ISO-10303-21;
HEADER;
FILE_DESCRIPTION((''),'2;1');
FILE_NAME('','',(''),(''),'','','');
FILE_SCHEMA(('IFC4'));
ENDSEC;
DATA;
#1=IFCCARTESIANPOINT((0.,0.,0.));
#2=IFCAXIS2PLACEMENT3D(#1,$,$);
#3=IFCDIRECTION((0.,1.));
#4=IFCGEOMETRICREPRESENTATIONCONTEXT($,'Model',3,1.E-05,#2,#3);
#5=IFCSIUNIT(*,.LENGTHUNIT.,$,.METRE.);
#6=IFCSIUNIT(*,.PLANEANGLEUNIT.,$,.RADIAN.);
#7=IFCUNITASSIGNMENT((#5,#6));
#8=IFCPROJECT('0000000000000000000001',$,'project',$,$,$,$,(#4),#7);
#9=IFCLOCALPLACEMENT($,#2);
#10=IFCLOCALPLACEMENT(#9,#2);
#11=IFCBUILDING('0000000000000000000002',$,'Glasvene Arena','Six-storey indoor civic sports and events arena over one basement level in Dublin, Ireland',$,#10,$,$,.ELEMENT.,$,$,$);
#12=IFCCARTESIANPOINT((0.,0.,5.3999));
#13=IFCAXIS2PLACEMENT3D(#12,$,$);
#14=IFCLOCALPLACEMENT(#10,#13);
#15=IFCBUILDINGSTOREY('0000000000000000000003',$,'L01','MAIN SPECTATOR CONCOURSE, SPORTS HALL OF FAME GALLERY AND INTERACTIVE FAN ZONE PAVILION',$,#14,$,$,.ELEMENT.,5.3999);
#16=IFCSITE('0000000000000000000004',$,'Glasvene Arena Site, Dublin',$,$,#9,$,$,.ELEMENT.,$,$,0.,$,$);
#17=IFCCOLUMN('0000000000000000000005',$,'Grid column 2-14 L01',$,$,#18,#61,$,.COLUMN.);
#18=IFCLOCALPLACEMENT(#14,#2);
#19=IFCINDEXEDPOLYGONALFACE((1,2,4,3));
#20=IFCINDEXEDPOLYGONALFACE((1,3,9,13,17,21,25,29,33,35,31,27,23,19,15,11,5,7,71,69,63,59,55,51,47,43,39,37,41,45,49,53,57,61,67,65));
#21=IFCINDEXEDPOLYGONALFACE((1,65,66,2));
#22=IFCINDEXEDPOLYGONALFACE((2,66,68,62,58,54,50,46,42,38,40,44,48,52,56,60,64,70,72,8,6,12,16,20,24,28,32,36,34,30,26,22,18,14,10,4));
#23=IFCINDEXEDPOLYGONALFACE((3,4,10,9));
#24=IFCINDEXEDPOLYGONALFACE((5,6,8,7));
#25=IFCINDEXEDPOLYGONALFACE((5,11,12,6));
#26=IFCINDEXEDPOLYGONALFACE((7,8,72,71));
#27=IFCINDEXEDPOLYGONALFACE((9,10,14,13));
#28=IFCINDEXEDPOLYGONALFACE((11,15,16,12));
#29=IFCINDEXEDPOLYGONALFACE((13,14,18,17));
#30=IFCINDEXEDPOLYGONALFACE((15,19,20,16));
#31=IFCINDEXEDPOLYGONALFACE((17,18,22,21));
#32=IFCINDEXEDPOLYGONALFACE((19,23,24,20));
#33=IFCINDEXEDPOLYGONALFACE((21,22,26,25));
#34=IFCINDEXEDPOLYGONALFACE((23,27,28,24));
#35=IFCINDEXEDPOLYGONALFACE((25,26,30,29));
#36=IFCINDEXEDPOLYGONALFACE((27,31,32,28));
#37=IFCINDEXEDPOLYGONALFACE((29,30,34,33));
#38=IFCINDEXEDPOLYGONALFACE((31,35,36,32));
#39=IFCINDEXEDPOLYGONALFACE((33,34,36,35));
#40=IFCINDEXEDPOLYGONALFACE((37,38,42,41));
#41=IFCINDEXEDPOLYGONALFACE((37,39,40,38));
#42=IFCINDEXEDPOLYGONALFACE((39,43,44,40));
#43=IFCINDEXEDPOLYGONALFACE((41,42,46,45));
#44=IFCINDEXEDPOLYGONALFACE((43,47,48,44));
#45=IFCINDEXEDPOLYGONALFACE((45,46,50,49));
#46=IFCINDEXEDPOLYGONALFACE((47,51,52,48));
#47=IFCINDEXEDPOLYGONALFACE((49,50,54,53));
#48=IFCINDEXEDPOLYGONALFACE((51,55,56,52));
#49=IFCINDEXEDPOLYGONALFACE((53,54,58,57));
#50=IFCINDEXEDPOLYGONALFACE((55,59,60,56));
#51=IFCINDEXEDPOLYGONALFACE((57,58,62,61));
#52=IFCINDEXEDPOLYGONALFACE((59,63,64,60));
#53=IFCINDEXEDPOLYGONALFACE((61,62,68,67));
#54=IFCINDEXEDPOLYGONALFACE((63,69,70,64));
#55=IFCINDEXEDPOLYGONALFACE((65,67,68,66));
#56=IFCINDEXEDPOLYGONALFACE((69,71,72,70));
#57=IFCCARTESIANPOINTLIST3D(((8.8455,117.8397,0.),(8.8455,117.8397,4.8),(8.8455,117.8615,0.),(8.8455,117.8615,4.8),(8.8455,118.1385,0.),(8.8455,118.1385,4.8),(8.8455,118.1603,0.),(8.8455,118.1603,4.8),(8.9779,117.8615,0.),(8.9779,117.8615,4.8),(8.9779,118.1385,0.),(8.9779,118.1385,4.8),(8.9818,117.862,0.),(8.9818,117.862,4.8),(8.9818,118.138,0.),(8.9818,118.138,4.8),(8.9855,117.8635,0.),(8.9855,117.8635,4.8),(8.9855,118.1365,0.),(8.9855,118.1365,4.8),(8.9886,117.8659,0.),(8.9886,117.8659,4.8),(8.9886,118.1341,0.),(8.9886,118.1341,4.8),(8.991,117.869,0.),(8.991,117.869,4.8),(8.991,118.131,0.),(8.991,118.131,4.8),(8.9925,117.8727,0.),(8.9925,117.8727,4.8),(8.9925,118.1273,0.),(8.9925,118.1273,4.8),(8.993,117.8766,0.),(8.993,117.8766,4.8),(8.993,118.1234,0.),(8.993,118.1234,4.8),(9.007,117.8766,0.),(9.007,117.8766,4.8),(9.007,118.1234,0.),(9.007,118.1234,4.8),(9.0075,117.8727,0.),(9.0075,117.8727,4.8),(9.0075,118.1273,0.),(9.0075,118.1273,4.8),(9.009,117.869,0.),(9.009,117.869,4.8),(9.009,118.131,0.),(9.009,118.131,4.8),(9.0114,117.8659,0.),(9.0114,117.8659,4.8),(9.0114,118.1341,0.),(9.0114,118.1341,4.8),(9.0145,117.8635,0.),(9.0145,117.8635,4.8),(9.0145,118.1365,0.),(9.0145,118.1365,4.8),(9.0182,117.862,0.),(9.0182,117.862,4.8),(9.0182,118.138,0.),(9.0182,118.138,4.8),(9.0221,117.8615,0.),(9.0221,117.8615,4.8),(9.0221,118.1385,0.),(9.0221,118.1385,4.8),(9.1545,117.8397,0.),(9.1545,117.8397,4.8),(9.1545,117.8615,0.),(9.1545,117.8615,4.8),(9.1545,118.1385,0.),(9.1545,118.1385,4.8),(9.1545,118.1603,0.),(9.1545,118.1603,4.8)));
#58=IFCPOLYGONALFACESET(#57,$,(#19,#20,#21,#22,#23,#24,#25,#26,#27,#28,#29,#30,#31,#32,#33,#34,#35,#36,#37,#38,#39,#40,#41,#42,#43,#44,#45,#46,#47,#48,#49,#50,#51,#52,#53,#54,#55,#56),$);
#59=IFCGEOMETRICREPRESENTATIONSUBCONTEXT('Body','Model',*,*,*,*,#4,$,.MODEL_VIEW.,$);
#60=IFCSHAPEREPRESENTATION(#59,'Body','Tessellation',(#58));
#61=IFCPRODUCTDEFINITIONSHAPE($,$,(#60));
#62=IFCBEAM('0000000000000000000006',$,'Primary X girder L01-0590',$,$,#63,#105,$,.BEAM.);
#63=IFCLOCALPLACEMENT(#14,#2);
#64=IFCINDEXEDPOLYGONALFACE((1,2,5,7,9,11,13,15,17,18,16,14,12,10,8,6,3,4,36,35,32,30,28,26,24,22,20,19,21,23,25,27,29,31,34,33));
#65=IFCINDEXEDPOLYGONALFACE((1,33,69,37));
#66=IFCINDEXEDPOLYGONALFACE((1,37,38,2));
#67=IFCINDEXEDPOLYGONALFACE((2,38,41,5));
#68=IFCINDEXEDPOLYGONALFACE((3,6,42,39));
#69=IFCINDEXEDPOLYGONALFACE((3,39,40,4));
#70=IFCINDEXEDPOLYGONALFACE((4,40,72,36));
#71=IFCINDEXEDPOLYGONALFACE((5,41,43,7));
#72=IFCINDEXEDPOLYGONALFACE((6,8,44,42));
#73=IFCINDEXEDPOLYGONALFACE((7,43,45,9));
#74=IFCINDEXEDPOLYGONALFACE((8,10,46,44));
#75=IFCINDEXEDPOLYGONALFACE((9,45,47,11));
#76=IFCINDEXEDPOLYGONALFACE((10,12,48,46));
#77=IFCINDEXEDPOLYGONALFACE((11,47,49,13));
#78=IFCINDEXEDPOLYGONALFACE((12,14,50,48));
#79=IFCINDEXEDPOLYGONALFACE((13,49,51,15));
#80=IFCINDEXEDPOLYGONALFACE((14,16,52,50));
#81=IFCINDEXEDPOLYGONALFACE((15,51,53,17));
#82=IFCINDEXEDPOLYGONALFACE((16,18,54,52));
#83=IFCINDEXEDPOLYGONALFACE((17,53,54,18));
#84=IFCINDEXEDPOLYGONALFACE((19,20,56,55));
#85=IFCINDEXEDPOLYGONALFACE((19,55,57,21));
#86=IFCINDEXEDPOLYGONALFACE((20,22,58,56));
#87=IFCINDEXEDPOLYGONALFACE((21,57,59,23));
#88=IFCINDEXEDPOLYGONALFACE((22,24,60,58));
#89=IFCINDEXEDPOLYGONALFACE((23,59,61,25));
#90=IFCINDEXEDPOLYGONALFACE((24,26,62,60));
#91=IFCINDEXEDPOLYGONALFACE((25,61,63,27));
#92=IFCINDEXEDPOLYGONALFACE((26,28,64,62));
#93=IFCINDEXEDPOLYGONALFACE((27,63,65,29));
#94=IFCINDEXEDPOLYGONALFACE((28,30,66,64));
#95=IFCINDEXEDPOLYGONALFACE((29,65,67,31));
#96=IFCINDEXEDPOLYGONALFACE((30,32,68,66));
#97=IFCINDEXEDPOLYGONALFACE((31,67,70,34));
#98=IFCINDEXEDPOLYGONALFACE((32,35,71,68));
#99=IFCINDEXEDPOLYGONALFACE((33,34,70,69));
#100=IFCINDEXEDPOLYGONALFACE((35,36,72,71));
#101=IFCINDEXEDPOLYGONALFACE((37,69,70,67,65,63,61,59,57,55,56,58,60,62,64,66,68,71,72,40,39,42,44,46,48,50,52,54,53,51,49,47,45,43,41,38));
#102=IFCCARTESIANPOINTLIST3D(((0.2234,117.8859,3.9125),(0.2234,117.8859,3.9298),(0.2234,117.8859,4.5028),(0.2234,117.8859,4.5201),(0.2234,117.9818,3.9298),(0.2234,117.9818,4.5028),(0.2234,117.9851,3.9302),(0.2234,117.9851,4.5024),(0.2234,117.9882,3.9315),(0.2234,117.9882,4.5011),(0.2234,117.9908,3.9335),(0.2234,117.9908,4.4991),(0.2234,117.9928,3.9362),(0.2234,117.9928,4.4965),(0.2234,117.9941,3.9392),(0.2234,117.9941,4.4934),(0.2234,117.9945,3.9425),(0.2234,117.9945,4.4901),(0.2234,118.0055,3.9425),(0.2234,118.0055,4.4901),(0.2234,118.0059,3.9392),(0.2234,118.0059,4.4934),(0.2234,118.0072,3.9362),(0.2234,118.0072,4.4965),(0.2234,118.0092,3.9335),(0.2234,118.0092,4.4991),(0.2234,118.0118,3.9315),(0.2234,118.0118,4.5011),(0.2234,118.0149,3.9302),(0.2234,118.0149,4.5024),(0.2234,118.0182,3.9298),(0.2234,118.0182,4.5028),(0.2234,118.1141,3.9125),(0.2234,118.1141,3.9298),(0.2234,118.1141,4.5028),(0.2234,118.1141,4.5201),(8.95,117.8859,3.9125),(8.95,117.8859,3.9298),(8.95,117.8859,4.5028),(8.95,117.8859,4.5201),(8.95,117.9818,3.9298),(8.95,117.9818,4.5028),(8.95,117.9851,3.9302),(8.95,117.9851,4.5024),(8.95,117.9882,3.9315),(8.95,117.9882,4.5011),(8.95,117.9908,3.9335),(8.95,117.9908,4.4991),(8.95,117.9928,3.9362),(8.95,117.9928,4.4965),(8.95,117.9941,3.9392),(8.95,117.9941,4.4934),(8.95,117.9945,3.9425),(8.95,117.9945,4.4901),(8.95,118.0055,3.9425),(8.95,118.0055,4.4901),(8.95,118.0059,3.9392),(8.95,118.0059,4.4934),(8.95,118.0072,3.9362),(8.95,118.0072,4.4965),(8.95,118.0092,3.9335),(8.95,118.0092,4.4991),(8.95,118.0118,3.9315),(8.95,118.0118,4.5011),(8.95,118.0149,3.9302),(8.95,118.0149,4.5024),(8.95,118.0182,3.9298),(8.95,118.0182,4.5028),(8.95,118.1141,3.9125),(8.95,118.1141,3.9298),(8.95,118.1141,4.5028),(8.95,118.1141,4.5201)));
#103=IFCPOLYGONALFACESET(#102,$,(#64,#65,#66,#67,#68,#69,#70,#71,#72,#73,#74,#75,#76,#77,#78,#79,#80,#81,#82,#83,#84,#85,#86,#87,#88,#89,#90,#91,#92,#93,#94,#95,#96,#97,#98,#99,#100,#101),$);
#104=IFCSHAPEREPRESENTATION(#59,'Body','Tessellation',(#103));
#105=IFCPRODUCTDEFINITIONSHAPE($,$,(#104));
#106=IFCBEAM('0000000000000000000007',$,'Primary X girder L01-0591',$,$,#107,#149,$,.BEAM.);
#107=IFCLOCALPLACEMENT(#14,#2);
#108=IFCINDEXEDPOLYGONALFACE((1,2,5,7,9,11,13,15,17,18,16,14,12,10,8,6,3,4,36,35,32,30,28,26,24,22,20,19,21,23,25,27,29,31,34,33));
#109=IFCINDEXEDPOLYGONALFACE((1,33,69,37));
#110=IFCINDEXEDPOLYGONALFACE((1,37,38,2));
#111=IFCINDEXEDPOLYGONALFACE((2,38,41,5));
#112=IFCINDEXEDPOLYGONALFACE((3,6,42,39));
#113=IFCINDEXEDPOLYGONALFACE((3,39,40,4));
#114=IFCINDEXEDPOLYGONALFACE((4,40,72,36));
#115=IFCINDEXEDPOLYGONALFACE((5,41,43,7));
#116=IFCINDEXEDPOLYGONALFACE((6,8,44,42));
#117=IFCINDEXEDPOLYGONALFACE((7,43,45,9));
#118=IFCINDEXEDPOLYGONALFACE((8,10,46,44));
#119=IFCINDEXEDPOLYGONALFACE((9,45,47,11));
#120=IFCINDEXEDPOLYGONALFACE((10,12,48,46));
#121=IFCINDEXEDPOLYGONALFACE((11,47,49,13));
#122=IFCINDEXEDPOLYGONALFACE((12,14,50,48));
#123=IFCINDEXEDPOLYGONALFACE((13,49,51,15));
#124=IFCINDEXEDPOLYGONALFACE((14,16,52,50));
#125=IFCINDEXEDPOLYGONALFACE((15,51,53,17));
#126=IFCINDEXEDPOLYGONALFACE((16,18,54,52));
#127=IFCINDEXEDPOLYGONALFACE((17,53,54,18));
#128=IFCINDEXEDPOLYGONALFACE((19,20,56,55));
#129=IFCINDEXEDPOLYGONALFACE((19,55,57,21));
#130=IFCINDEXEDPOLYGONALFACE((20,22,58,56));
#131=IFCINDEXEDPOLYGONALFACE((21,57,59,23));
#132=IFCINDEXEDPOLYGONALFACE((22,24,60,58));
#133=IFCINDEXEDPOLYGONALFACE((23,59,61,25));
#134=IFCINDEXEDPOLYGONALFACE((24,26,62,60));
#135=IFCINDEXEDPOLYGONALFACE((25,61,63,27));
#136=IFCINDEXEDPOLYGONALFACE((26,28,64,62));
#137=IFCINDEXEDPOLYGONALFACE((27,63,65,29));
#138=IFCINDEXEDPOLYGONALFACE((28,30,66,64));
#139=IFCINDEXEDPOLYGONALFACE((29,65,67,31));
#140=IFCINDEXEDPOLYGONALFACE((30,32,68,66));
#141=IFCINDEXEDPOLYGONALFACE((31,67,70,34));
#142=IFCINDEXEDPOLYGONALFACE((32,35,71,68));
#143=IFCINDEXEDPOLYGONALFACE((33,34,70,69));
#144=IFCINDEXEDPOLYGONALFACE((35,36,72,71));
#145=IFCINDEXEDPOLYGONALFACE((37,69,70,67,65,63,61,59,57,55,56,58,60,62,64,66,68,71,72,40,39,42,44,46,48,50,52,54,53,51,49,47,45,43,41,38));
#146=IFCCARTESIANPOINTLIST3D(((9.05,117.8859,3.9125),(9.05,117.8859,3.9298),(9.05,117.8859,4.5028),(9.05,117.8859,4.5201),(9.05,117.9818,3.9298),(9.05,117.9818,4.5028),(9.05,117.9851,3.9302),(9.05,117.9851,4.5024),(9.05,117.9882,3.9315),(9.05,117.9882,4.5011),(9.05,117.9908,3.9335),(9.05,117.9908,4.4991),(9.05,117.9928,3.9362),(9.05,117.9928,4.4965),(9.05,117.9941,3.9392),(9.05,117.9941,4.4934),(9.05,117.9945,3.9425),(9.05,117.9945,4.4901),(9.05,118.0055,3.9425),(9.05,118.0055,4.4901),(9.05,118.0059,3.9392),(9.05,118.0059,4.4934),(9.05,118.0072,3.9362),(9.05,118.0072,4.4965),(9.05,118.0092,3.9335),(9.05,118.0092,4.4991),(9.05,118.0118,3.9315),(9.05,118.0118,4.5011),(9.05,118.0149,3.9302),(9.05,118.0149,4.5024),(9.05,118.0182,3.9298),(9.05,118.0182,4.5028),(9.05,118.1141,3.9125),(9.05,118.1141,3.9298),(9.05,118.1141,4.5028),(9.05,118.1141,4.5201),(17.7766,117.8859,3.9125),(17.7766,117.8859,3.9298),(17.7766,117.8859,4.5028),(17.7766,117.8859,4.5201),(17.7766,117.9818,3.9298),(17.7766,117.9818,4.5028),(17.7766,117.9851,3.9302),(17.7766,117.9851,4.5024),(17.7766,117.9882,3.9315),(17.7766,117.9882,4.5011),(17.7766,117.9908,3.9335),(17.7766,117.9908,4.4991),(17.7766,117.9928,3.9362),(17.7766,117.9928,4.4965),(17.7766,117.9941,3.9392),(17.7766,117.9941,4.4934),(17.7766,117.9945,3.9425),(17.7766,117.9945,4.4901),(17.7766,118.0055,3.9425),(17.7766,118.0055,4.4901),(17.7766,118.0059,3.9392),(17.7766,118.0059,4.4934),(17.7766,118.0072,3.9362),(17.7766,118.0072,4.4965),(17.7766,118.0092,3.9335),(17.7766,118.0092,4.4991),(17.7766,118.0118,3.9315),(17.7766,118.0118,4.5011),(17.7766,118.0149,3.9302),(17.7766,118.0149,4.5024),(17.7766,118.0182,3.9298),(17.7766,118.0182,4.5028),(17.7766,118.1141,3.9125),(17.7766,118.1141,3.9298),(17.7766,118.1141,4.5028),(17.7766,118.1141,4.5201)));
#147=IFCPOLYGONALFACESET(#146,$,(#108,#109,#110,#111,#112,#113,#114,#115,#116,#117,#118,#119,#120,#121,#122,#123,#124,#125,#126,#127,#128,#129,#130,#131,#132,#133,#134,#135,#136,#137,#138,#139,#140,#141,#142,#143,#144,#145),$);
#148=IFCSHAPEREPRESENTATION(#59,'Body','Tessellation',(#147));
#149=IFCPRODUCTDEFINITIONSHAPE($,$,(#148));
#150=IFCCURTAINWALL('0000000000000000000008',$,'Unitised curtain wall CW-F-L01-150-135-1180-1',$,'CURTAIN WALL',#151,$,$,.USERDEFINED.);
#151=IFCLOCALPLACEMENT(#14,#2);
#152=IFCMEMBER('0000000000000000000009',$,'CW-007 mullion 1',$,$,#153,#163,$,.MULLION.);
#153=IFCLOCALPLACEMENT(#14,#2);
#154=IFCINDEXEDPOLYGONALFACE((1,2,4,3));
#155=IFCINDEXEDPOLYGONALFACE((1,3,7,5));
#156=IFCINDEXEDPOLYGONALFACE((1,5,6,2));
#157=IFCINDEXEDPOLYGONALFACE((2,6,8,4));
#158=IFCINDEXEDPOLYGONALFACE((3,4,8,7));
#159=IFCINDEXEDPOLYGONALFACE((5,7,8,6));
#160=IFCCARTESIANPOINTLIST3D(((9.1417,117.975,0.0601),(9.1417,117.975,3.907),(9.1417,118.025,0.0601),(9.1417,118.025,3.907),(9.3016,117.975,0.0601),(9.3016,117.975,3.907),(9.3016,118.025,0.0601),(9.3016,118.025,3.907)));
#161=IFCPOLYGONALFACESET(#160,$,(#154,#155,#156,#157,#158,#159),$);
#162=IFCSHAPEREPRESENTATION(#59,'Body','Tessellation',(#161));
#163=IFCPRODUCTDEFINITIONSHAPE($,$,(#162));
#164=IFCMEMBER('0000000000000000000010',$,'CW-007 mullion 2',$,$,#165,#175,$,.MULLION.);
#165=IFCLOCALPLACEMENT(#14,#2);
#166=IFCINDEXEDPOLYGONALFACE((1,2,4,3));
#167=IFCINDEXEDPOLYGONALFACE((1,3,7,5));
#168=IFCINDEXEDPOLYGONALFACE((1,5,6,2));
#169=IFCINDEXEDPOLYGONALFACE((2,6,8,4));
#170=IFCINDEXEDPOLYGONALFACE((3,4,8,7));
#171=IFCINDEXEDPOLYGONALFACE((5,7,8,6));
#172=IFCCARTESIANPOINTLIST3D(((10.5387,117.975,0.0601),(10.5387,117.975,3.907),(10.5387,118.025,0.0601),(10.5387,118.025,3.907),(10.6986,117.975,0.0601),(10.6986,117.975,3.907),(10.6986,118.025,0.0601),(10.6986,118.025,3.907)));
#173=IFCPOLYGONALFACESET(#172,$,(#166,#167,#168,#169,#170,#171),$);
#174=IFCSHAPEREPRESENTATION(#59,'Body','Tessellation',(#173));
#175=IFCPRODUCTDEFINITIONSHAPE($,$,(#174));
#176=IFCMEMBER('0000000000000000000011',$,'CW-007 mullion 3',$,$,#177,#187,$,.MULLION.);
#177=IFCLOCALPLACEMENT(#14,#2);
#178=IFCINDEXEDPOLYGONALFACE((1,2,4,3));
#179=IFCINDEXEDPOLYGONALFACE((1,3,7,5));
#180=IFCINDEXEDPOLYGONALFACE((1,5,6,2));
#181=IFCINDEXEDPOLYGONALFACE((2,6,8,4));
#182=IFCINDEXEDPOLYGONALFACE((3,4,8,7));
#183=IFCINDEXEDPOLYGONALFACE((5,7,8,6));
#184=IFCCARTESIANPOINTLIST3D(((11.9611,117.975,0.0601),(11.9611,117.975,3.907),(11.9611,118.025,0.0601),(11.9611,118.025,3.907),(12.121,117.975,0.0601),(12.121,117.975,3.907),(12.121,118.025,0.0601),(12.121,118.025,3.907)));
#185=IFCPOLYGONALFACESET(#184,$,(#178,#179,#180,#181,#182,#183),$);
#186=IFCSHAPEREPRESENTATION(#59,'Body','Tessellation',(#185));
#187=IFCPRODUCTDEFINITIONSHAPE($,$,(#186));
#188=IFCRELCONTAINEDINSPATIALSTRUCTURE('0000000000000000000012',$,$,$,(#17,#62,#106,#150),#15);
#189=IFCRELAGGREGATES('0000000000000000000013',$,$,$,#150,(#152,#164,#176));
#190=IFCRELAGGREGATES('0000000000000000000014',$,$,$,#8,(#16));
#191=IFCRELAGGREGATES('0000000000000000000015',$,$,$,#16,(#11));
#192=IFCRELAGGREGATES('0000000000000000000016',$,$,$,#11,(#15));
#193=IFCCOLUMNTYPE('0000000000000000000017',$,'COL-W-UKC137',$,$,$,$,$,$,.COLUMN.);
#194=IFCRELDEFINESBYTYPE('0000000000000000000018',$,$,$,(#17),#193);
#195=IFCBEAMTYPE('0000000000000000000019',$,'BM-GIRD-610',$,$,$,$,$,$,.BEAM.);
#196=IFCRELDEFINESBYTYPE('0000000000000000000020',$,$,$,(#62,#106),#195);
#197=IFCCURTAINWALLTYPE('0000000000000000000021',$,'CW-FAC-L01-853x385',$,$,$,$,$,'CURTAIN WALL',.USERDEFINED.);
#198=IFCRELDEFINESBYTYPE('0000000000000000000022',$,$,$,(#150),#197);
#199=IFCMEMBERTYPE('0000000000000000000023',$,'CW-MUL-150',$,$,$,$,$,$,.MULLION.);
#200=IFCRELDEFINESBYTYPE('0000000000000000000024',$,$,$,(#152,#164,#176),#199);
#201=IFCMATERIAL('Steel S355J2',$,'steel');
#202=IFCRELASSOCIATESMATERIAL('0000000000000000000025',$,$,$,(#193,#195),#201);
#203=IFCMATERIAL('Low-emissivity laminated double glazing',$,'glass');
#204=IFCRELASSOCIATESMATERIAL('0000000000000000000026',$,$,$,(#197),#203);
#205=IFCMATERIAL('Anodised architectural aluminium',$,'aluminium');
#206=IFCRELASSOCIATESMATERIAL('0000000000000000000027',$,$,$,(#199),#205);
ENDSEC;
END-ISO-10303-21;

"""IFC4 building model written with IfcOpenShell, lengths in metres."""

from ifc_helpers import new_model, si_unit, direction, frame, origin, origin_2d, place, context, subcontext, project, spatial, rectangle, i_section, extrude, material, material_profile, profile_set, type_object, element, aggregate, save


model = new_model("IFC4")

# Units and contexts
model_context = context("Model", 3, precision=1e-05, world=origin(), true_north=direction((0.0, 1.0)))
body_context = subcontext(model_context, "Body", "Model", "MODEL_VIEW")
ifc_project = project(units=[si_unit("LENGTHUNIT", "METRE"), si_unit("PLANEANGLEUNIT", "RADIAN")], contexts=[model_context])

# Site, building, storey
site_placement = place(None, origin())
site = spatial("IfcSite", under=ifc_project, at=site_placement, Name="Glasvene Arena Site, Dublin", CompositionType="ELEMENT", RefElevation=0.0)
building_placement = place(site_placement, origin())
building = spatial("IfcBuilding", under=site, at=building_placement, Name="Glasvene Arena", Description="Six-storey indoor civic sports and events arena over one basement level in Dublin, Ireland", CompositionType="ELEMENT")
storey_placement = place(building_placement, frame((0.0, 0.0, 5.3999)))
storey = spatial("IfcBuildingStorey", under=building, at=storey_placement, Name="L01", Description="MAIN SPECTATOR CONCOURSE, SPORTS HALL OF FAME GALLERY AND INTERACTIVE FAN ZONE PAVILION", CompositionType="ELEMENT", Elevation=5.3999)

# Column
ifc_material_1 = material(Name="Steel S355J2", Category="steel")
ifc_material_profile_1 = material_profile(ifc_material_1, i_section(OverallWidth=0.3091, OverallDepth=0.3206, WebThickness=0.0139, FlangeThickness=0.0217, FilletRadius=0.0151, at=origin_2d()), Name="UKC 305x305x137")
ifc_profile_set_1 = profile_set([ifc_material_profile_1], Name="Steel S355J2")
column_type = type_object("IfcColumnType", Name="COL-W-UKC137", PredefinedType="COLUMN", material=ifc_profile_set_1)
column_placement = place(storey_placement, frame((9.0, 118.0, 0.0), z_axis=(0.0, 0.0, 1.0), x_axis=(1.0, 0.0, 0.0)))
element("IfcColumn", 1, at=column_placement, inside=storey, type_object=column_type, Name="Grid column 2-14 L01", PredefinedType="COLUMN", context=body_context, shape_type="SweptSolid", body=[
    extrude(i_section(OverallWidth=0.3091, OverallDepth=0.3206, WebThickness=0.0139, FlangeThickness=0.0217, FilletRadius=0.0151, at=origin_2d()), origin(), (0.0, 0.0, 1.0), 4.8),
])

# Beams
ifc_material_profile_2 = material_profile(ifc_material_1, i_section(OverallWidth=0.2283, OverallDepth=0.6077, WebThickness=0.011, FlangeThickness=0.0173, FilletRadius=0.0127, at=origin_2d()), Name="UKB 610x229x113")
ifc_profile_set_2 = profile_set([ifc_material_profile_2], Name="Steel S355J2")
beam_type = type_object("IfcBeamType", Name="BM-GIRD-610", PredefinedType="BEAM", material=ifc_profile_set_2)
for number, where, z_axis, x_axis, name in (
    (2, (0.2234, 118.0, 4.2163), (1.0, 0.0, 0.0), (0.0, 1.0, 0.0), "Primary X girder L01-0590"),
    (3, (9.05, 118.0, 4.2163), (1.0, 0.0, 0.0), (0.0, 1.0, 0.0), "Primary X girder L01-0591"),
):
    element("IfcBeam", number, at=place(storey_placement, frame(where, z_axis=z_axis, x_axis=x_axis)), inside=storey, type_object=beam_type, Name=name, PredefinedType="BEAM", context=body_context, shape_type="SweptSolid", body=[
        extrude(i_section(OverallWidth=0.2283, OverallDepth=0.6077, WebThickness=0.011, FlangeThickness=0.0173, FilletRadius=0.0127, at=origin_2d()), origin(), (0.0, 0.0, 1.0), 8.7266),
    ])

# Curtain wall, members
ifc_material_2 = material(Name="Low-emissivity laminated double glazing", Category="glass")
curtain_wall_type = type_object("IfcCurtainWallType", Name="CW-FAC-L01-853x385", ElementType="CURTAIN WALL", PredefinedType="USERDEFINED", material=ifc_material_2)
curtain_wall_placement = place(storey_placement, frame((9.1965, 118.0, 0.0)))
curtain_wall = element("IfcCurtainWall", 4, at=curtain_wall_placement, inside=storey, type_object=curtain_wall_type, Name="Unitised curtain wall CW-F-L01-150-135-1180-1", ObjectType="CURTAIN WALL", PredefinedType="USERDEFINED")
ifc_material_3 = material(Name="Anodised architectural aluminium", Category="aluminium")
ifc_material_profile_3 = material_profile(ifc_material_3, rectangle(XDim=0.05, YDim=0.1599, at=origin_2d()), Name="ALU MULLION 50x160")
ifc_profile_set_3 = profile_set([ifc_material_profile_3], Name="Anodised architectural aluminium")
member_type_1 = type_object("IfcMemberType", Name="CW-MUL-150", PredefinedType="MULLION", material=ifc_profile_set_3)
member_1_placement = place(storey_placement, frame((9.2217, 118.0, 0.0601), z_axis=(0.0, 0.0, 1.0), x_axis=(0.0, 1.0, 0.0)))
member_1 = element("IfcMember", 5, at=member_1_placement, type_object=member_type_1, Name="CW-007 mullion 1", PredefinedType="MULLION", context=body_context, shape_type="SweptSolid", body=[
    extrude(rectangle(XDim=0.05, YDim=0.1599, at=origin_2d()), origin(), (0.0, 0.0, 1.0), 3.8469),
])
member_2_placement = place(storey_placement, frame((10.6187, 118.0, 0.0601), z_axis=(0.0, 0.0, 1.0), x_axis=(0.0, 1.0, 0.0)))
member_2 = element("IfcMember", 6, at=member_2_placement, type_object=member_type_1, Name="CW-007 mullion 2", PredefinedType="MULLION", context=body_context, shape_type="SweptSolid", body=[
    extrude(rectangle(XDim=0.05, YDim=0.1599, at=origin_2d()), origin(), (0.0, 0.0, 1.0), 3.8469),
])
member_3_placement = place(storey_placement, frame((12.041, 118.0, 0.0601), z_axis=(0.0, 0.0, 1.0), x_axis=(0.0, 1.0, 0.0)))
member_3 = element("IfcMember", 7, at=member_3_placement, type_object=member_type_1, Name="CW-007 mullion 3", PredefinedType="MULLION", context=body_context, shape_type="SweptSolid", body=[
    extrude(rectangle(XDim=0.05, YDim=0.1599, at=origin_2d()), origin(), (0.0, 0.0, 1.0), 3.8469),
])

aggregate(curtain_wall, [member_1, member_2, member_3])

save(model, "model.ifc")
